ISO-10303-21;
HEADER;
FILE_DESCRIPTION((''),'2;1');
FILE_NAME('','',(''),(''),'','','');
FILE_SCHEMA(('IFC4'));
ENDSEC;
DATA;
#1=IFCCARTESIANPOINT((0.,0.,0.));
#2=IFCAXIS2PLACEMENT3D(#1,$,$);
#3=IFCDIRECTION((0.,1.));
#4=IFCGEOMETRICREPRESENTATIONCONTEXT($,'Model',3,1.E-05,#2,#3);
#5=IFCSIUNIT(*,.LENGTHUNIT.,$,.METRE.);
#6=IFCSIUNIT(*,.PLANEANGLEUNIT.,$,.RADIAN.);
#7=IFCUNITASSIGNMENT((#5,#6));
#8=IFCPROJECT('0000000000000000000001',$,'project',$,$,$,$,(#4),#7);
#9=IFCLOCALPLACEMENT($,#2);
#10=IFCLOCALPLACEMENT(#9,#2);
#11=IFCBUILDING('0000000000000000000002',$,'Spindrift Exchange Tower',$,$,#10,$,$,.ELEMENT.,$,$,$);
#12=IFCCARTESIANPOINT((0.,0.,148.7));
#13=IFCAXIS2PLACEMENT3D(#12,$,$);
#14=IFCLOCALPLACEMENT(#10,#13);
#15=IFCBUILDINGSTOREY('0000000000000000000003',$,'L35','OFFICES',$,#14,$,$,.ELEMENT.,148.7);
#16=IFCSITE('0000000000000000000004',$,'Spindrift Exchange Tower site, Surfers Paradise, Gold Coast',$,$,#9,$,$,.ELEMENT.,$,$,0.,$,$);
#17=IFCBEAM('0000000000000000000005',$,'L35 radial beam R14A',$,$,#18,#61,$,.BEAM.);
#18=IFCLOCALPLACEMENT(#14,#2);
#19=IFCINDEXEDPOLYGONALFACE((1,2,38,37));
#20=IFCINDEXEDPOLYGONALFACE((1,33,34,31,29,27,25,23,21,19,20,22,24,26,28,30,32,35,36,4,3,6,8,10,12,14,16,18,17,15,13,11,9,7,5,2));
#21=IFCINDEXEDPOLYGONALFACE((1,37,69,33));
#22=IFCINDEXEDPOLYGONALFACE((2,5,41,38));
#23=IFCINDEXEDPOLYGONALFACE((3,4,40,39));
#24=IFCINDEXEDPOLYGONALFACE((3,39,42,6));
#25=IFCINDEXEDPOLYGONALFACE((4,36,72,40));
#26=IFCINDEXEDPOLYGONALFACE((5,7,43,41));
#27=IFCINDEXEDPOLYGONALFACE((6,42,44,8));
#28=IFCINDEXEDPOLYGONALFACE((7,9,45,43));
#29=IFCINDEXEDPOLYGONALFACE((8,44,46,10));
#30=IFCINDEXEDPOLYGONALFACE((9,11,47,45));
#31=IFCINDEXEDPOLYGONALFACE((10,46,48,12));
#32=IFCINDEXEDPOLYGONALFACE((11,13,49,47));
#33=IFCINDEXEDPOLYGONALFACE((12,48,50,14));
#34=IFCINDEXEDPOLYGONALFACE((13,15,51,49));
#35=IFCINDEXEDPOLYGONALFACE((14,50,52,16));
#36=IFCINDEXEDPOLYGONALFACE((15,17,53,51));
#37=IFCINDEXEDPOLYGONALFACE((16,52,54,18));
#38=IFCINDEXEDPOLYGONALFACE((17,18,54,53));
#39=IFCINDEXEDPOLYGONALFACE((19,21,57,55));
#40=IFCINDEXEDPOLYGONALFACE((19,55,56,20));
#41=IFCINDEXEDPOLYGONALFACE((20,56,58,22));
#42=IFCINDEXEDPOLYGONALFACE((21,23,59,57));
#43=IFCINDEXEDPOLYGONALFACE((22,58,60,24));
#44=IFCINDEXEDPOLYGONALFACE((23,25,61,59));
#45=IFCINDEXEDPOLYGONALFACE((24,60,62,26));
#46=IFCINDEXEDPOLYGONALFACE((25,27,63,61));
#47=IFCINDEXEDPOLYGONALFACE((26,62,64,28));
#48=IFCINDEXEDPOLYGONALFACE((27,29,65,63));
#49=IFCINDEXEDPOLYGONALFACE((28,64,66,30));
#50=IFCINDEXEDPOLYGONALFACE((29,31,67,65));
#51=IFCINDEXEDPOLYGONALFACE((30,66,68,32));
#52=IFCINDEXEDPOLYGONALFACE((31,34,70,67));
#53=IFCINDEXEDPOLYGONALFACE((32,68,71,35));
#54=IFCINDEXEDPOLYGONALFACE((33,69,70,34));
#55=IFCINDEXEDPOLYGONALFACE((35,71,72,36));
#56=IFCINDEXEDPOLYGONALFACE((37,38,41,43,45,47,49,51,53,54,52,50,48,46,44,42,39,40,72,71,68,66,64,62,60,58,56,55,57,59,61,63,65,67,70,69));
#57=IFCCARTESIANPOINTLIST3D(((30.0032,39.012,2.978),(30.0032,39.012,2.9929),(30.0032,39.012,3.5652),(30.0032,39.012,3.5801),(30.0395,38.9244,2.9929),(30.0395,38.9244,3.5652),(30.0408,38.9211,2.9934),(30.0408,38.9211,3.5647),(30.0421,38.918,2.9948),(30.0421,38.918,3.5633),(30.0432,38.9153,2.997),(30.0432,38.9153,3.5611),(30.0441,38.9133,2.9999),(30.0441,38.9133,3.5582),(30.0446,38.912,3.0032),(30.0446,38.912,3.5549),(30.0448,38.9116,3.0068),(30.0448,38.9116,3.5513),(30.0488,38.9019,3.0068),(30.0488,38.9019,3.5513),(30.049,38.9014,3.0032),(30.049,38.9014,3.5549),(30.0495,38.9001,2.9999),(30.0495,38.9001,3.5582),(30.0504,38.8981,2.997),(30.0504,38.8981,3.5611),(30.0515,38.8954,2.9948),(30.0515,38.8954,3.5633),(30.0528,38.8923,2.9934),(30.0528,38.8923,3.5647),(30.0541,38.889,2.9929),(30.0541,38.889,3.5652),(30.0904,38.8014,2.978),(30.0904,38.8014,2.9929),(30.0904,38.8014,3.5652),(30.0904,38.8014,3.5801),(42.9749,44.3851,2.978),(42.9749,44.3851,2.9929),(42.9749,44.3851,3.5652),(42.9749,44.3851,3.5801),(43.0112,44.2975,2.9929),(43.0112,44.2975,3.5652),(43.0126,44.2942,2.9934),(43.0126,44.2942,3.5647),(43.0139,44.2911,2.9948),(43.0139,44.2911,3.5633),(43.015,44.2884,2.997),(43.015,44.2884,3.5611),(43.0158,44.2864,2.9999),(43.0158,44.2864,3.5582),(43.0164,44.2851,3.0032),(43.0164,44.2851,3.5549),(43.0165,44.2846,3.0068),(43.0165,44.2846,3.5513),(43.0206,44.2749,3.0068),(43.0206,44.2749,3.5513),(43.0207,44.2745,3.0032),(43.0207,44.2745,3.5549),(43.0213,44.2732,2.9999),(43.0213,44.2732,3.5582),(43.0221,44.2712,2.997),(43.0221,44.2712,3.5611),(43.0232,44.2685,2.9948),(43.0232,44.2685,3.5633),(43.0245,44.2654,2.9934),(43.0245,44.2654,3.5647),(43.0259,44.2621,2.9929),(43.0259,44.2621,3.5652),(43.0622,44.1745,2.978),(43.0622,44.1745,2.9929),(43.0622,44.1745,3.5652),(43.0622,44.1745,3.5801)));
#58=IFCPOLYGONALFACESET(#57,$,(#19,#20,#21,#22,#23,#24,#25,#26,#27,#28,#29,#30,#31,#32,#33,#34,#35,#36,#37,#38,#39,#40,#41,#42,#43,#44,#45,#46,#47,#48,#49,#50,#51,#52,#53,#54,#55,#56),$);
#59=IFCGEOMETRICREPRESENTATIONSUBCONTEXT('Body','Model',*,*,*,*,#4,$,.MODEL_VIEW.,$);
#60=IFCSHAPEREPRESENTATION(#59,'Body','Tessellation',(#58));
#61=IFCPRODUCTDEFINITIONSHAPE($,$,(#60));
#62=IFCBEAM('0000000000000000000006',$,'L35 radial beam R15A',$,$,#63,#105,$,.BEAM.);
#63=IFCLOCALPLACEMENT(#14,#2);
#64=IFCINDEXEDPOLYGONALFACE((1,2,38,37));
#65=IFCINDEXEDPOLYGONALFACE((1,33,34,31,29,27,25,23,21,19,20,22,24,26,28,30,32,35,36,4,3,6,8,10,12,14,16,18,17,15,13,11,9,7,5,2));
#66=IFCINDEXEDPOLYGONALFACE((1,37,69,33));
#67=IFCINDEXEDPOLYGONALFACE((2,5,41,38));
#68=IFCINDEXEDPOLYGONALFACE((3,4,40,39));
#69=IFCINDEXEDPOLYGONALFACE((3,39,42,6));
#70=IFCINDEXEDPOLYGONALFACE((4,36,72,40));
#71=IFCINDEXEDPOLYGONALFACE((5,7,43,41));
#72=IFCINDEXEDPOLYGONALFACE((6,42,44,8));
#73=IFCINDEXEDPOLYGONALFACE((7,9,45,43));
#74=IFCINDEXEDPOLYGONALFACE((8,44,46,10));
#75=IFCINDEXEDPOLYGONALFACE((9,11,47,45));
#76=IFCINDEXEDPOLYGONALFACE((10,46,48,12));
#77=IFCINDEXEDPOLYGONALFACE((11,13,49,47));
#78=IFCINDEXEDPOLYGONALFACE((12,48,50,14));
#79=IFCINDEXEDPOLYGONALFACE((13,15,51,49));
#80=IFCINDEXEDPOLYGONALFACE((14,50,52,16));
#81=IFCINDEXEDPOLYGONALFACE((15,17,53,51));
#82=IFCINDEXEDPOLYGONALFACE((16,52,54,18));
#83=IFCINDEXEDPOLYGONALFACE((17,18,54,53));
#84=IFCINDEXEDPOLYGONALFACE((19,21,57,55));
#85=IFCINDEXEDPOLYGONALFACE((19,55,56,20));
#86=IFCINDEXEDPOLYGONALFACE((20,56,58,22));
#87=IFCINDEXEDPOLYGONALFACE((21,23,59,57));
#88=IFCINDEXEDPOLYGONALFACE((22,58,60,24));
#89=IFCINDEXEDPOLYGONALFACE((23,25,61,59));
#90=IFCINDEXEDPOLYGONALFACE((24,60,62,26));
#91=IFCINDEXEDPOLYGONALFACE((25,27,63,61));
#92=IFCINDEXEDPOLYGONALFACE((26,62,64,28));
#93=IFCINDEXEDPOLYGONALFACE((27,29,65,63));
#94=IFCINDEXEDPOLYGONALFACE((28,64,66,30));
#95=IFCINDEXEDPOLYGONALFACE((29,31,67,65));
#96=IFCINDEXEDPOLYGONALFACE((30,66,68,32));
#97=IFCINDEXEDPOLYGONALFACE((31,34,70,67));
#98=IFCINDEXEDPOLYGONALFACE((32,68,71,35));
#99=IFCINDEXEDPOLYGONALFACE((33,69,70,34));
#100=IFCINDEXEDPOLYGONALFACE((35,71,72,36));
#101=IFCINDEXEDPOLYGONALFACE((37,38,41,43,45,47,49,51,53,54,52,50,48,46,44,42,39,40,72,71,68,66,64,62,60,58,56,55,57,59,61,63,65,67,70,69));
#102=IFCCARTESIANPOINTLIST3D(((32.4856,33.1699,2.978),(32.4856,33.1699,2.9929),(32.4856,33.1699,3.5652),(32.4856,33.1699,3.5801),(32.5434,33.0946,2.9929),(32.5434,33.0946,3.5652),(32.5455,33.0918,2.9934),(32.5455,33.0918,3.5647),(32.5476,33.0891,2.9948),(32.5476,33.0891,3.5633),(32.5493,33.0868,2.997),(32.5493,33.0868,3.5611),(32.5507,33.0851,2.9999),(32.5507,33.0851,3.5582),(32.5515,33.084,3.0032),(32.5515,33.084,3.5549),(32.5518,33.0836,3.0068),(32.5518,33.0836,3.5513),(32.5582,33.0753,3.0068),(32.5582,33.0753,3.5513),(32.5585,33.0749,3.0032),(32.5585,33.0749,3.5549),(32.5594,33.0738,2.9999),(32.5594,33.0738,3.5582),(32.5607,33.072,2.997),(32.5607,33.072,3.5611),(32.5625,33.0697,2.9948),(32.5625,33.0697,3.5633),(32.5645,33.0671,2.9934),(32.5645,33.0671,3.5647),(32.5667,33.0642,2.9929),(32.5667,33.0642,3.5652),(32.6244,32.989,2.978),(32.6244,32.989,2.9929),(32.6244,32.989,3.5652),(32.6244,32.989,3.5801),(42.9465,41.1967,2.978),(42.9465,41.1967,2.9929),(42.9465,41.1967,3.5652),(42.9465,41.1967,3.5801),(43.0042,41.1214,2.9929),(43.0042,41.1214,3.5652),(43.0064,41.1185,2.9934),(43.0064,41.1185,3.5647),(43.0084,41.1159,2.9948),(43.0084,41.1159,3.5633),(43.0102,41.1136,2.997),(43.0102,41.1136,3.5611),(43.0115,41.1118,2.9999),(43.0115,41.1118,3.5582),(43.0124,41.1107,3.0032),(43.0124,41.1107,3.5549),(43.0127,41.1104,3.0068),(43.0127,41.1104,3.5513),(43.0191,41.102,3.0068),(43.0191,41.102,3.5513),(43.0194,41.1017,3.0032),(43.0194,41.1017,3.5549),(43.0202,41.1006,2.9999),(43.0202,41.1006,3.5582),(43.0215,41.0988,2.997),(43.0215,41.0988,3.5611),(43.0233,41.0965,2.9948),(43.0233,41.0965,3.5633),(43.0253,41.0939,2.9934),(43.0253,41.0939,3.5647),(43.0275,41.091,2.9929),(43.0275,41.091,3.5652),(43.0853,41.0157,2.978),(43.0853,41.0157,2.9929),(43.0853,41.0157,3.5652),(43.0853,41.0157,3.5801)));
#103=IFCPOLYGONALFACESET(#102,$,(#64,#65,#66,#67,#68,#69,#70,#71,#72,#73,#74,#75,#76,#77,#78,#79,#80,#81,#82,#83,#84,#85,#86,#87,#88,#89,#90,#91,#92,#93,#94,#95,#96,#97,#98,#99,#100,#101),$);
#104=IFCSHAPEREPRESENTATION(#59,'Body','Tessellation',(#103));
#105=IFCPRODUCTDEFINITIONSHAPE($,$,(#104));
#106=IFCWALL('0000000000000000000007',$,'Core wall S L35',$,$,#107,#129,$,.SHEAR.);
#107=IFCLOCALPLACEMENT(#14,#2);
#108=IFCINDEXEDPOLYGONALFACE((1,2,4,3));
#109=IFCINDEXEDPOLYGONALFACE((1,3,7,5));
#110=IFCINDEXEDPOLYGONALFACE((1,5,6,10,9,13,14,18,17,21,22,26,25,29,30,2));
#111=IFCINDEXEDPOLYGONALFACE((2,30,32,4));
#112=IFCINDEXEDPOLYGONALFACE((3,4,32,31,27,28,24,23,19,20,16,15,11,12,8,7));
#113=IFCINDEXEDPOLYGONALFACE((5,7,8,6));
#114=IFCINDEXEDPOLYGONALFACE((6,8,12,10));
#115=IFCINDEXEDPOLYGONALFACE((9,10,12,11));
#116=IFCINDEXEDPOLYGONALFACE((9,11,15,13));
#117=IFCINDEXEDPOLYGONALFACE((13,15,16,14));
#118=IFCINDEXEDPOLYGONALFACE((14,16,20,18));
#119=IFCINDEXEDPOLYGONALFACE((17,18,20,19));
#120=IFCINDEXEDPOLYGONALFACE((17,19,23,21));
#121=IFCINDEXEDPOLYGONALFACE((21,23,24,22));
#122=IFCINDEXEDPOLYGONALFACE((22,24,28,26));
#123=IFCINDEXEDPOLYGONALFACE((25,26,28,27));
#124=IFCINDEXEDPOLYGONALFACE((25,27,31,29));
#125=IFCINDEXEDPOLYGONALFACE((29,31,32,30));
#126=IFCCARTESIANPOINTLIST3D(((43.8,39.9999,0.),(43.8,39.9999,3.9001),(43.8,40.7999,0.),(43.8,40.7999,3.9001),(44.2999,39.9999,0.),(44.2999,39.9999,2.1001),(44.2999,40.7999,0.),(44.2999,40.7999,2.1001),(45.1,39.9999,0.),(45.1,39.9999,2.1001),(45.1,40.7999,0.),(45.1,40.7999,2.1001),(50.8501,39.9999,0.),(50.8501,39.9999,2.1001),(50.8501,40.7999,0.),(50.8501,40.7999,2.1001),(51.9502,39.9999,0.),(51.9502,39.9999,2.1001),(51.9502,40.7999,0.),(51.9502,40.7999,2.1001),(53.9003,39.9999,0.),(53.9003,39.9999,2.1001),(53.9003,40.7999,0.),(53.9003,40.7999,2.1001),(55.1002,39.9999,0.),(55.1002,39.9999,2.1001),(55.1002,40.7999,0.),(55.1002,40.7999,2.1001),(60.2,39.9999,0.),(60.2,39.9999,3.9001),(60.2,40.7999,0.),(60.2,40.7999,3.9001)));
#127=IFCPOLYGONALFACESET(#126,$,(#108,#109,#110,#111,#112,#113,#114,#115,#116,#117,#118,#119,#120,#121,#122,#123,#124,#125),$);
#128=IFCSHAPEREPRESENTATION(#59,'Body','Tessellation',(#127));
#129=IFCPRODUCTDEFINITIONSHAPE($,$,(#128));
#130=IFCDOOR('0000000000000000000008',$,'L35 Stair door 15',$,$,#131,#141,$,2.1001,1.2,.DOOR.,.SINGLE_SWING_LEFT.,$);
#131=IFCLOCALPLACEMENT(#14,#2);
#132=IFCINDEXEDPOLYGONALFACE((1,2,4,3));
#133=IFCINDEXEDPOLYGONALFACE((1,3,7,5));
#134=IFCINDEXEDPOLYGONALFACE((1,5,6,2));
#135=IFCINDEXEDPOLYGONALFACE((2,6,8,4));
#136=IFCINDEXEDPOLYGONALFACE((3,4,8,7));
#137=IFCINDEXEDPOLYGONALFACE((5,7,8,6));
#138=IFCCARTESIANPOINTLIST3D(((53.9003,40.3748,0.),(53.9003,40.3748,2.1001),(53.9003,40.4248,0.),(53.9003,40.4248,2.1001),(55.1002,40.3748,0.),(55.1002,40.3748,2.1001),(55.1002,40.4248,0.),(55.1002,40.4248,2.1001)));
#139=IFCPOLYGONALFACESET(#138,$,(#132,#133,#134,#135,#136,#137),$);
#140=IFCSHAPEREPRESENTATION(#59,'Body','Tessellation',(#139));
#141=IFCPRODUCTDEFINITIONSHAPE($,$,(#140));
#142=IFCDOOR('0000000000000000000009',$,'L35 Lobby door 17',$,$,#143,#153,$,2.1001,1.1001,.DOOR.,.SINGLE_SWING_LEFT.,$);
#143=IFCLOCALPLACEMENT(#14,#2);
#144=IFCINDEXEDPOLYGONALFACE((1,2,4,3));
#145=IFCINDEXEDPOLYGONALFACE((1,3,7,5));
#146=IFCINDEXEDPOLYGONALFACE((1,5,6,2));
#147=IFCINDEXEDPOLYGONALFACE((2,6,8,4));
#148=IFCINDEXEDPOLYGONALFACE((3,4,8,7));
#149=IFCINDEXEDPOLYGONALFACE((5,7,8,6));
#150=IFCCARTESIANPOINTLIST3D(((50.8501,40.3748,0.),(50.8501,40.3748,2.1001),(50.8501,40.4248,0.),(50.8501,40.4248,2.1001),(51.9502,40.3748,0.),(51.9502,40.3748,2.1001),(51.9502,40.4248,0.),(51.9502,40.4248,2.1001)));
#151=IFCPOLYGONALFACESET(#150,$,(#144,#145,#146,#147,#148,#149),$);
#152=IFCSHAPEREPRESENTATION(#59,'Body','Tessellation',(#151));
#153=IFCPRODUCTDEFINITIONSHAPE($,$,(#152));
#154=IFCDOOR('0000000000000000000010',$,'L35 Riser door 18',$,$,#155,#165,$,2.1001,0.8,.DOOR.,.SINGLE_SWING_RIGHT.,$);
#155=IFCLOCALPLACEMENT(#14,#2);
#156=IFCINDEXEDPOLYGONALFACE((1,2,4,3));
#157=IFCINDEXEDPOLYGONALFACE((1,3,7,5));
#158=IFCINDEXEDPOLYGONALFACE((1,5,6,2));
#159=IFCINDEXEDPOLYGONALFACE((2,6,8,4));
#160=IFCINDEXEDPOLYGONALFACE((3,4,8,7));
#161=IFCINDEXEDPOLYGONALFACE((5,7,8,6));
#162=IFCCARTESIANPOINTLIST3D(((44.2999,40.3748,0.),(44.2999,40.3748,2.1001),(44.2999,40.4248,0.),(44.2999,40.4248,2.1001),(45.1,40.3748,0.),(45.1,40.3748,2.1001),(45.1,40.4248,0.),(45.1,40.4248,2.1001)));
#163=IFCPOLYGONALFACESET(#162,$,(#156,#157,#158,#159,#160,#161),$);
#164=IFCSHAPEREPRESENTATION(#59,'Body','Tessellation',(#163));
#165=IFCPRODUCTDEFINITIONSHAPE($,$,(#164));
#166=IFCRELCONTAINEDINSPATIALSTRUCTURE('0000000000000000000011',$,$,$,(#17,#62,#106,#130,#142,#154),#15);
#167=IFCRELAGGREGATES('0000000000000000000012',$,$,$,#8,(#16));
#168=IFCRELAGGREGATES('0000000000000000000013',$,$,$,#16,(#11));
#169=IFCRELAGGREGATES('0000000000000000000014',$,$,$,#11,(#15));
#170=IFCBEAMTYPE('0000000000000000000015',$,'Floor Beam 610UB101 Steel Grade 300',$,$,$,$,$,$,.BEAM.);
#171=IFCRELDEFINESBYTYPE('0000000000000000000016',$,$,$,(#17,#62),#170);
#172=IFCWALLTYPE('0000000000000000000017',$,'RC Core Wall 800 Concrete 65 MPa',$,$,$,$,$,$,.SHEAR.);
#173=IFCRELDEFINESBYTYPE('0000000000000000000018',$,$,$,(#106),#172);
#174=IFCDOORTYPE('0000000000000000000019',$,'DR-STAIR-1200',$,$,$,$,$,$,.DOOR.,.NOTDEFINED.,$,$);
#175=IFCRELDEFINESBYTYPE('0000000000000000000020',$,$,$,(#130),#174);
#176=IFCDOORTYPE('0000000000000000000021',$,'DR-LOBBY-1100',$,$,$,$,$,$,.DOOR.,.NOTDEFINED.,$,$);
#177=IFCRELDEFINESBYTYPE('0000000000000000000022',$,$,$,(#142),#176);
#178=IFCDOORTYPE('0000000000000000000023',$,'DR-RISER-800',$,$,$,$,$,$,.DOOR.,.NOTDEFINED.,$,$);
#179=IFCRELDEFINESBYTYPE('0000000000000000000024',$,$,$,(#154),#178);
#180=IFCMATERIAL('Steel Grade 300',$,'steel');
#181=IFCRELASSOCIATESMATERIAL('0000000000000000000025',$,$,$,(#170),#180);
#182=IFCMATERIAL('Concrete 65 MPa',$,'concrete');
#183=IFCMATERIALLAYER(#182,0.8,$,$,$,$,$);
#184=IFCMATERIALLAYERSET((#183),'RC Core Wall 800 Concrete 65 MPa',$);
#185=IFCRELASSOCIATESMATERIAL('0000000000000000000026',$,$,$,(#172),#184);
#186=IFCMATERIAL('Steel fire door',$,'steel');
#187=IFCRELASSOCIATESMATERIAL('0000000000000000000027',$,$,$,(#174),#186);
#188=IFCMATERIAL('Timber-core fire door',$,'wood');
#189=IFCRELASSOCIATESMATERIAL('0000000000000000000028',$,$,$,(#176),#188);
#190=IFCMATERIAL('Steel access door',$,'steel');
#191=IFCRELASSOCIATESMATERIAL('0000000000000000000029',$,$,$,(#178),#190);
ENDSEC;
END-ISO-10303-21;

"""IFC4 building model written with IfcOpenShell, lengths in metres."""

from ifc_helpers import new_model, si_unit, direction, frame, frame_2d, origin, origin_2d, place, context, subcontext, project, spatial, rectangle, i_section, extrude, source, transform, mapped, material, layer, layer_set, material_profile, profile_set, type_object, element, fill, save


model = new_model("IFC4")

# Units and contexts
model_context = context("Model", 3, precision=1e-05, world=origin(), true_north=direction((0.0, 1.0)))
body_context = subcontext(model_context, "Body", "Model", "MODEL_VIEW")
ifc_project = project(units=[si_unit("LENGTHUNIT", "METRE"), si_unit("PLANEANGLEUNIT", "RADIAN")], contexts=[model_context])

# Site, building, storey
site_placement = place(None, origin())
site = spatial("IfcSite", under=ifc_project, at=site_placement, Name="Spindrift Exchange Tower site, Surfers Paradise, Gold Coast", CompositionType="ELEMENT", RefElevation=0.0)
building_placement = place(site_placement, origin())
building = spatial("IfcBuilding", under=site, at=building_placement, Name="Spindrift Exchange Tower", CompositionType="ELEMENT")
storey_placement = place(building_placement, frame((0.0, 0.0, 148.7)))
storey = spatial("IfcBuildingStorey", under=building, at=storey_placement, Name="L35", Description="OFFICES", CompositionType="ELEMENT", Elevation=148.7)

# Beams
ifc_material_1 = material(Name="Steel Grade 300", Category="steel")
ifc_material_profile = material_profile(ifc_material_1, i_section(OverallWidth=0.228, OverallDepth=0.6021, WebThickness=0.0105, FlangeThickness=0.0149, FilletRadius=0.0139, at=origin_2d()), Name="610UB101")
ifc_profile_set = profile_set([ifc_material_profile], Name="Steel Grade 300")
beam_type = type_object("IfcBeamType", Name="Floor Beam 610UB101 Steel Grade 300", PredefinedType="BEAM", material=ifc_profile_set)
shared_shape_1 = source(origin(), body_context, "Body", "SweptSolid", [
    extrude(i_section(OverallWidth=0.228, OverallDepth=0.6021, WebThickness=0.0105, FlangeThickness=0.0149, FilletRadius=0.0139, at=origin_2d()), origin(), (0.0, 0.0, 1.0), 14.0405),
])
beam_1_placement = place(storey_placement, frame((43.0186, 44.2798, 3.2791), z_axis=(-0.92388, -0.382684, 0.0), x_axis=(0.382684, -0.92388, 0.0)))
element("IfcBeam", 1, at=beam_1_placement, inside=storey, type_object=beam_type, Name="L35 radial beam R14A", PredefinedType="BEAM", context=body_context, shape_type="MappedRepresentation", body=[
    mapped(shared_shape_1, transform((0.0, 0.0, 0.0), scale=1.0)),
])
shared_shape_2 = source(origin(), body_context, "Body", "SweptSolid", [
    extrude(i_section(OverallWidth=0.228, OverallDepth=0.6021, WebThickness=0.0105, FlangeThickness=0.0149, FilletRadius=0.0139, at=origin_2d()), origin(), (0.0, 0.0, 1.0), 13.1855),
])
beam_2_placement = place(storey_placement, frame((43.0159, 41.1062, 3.2791), z_axis=(-0.793357, -0.608756, 0.0), x_axis=(0.608756, -0.793357, 0.0)))
element("IfcBeam", 2, at=beam_2_placement, inside=storey, type_object=beam_type, Name="L35 radial beam R15A", PredefinedType="BEAM", context=body_context, shape_type="MappedRepresentation", body=[
    mapped(shared_shape_2, transform((0.0, 0.0, 0.0), scale=1.0)),
])

# Wall, openings, doors
ifc_material_2 = material(Name="Concrete 65 MPa", Category="concrete")
ifc_layer_1 = layer(ifc_material_2, 0.8)
ifc_layer_set_1 = layer_set([ifc_layer_1], Name="RC Core Wall 800 Concrete 65 MPa")
wall_type_1 = type_object("IfcWallType", Name="RC Core Wall 800 Concrete 65 MPa", PredefinedType="SHEAR", material=ifc_layer_set_1)
wall_1_placement = place(storey_placement, frame((43.8, 40.3999, 0.0), z_axis=(0.0, 0.0, 1.0), x_axis=(1.0, 0.0, 0.0)))
wall_1 = element("IfcWall", 3, at=wall_1_placement, inside=storey, type_object=wall_type_1, Name="Core wall S L35", PredefinedType="SHEAR", context=body_context, shape_type="SweptSolid", body=[
    extrude(rectangle(XDim=16.3999, YDim=0.8, at=frame_2d((8.2, 0.0))), origin(), (0.0, 0.0, 1.0), 3.9001),
])
opening_1_placement = place(wall_1_placement, frame((10.1001, 0.0, 0.0)))
opening_1 = element("IfcOpeningElement", 4, at=opening_1_placement, cuts=wall_1, PredefinedType="OPENING", context=body_context, shape_type="SweptSolid", body=[
    extrude(rectangle(XDim=1.2, YDim=2.1001, at=frame_2d((0.6001, 1.05))), frame((0.0, 0.4099, 0.0), z_axis=(0.0, -1.0, 0.0), x_axis=(1.0, 0.0, 0.0)), (0.0, 0.0, 1.0), 0.8201),
])
opening_2_placement = place(wall_1_placement, frame((7.05, 0.0, 0.0)))
opening_2 = element("IfcOpeningElement", 5, at=opening_2_placement, cuts=wall_1, PredefinedType="OPENING", context=body_context, shape_type="SweptSolid", body=[
    extrude(rectangle(XDim=1.1001, YDim=2.1001, at=frame_2d((0.55, 1.05))), frame((0.0, 0.4099, 0.0), z_axis=(0.0, -1.0, 0.0), x_axis=(1.0, 0.0, 0.0)), (0.0, 0.0, 1.0), 0.8201),
])
opening_3_placement = place(wall_1_placement, frame((0.5, 0.0, 0.0)))
opening_3 = element("IfcOpeningElement", 6, at=opening_3_placement, cuts=wall_1, PredefinedType="OPENING", context=body_context, shape_type="SweptSolid", body=[
    extrude(rectangle(XDim=0.8, YDim=2.1001, at=frame_2d((0.3999, 1.05))), frame((0.0, 0.4099, 0.0), z_axis=(0.0, -1.0, 0.0), x_axis=(1.0, 0.0, 0.0)), (0.0, 0.0, 1.0), 0.8201),
])
ifc_material_3 = material(Name="Steel fire door", Category="steel")
door_type_1 = type_object("IfcDoorType", Name="DR-STAIR-1200", OperationType="NOTDEFINED", PredefinedType="DOOR", material=ifc_material_3)
shared_shape_3 = source(origin(), body_context, "Body", "SweptSolid", [
    extrude(rectangle(XDim=1.2, YDim=2.1001, at=frame_2d((0.6001, 1.05))), frame((0.0, 0.0249, 0.0), z_axis=(0.0, -1.0, 0.0), x_axis=(1.0, 0.0, 0.0)), (0.0, 0.0, 1.0), 0.05),
])
door_1_placement = place(opening_1_placement, origin())
door_1 = element("IfcDoor", 7, at=door_1_placement, inside=storey, type_object=door_type_1, Name="L35 Stair door 15", OperationType="SINGLE_SWING_LEFT", OverallHeight=2.1001, OverallWidth=1.2, PredefinedType="DOOR", context=body_context, shape_type="MappedRepresentation", body=[
    mapped(shared_shape_3, transform((0.0, 0.0, 0.0), scale=1.0)),
])
fill(opening_1, door_1)
ifc_material_4 = material(Name="Timber-core fire door", Category="wood")
door_type_2 = type_object("IfcDoorType", Name="DR-LOBBY-1100", OperationType="NOTDEFINED", PredefinedType="DOOR", material=ifc_material_4)
shared_shape_4 = source(origin(), body_context, "Body", "SweptSolid", [
    extrude(rectangle(XDim=1.1001, YDim=2.1001, at=frame_2d((0.55, 1.05))), frame((0.0, 0.0249, 0.0), z_axis=(0.0, -1.0, 0.0), x_axis=(1.0, 0.0, 0.0)), (0.0, 0.0, 1.0), 0.05),
])
door_2_placement = place(opening_2_placement, origin())
door_2 = element("IfcDoor", 8, at=door_2_placement, inside=storey, type_object=door_type_2, Name="L35 Lobby door 17", OperationType="SINGLE_SWING_LEFT", OverallHeight=2.1001, OverallWidth=1.1001, PredefinedType="DOOR", context=body_context, shape_type="MappedRepresentation", body=[
    mapped(shared_shape_4, transform((0.0, 0.0, 0.0), scale=1.0)),
])
fill(opening_2, door_2)
ifc_material_5 = material(Name="Steel access door", Category="steel")
door_type_3 = type_object("IfcDoorType", Name="DR-RISER-800", OperationType="NOTDEFINED", PredefinedType="DOOR", material=ifc_material_5)
shared_shape_5 = source(origin(), body_context, "Body", "SweptSolid", [
    extrude(rectangle(XDim=0.8, YDim=2.1001, at=frame_2d((0.3999, 1.05))), frame((0.0, 0.0249, 0.0), z_axis=(0.0, -1.0, 0.0), x_axis=(1.0, 0.0, 0.0)), (0.0, 0.0, 1.0), 0.05),
])
door_3_placement = place(opening_3_placement, origin())
door_3 = element("IfcDoor", 9, at=door_3_placement, inside=storey, type_object=door_type_3, Name="L35 Riser door 18", OperationType="SINGLE_SWING_RIGHT", OverallHeight=2.1001, OverallWidth=0.8, PredefinedType="DOOR", context=body_context, shape_type="MappedRepresentation", body=[
    mapped(shared_shape_5, transform((0.0, 0.0, 0.0), scale=1.0)),
])
fill(opening_3, door_3)

save(model, "model.ifc")
